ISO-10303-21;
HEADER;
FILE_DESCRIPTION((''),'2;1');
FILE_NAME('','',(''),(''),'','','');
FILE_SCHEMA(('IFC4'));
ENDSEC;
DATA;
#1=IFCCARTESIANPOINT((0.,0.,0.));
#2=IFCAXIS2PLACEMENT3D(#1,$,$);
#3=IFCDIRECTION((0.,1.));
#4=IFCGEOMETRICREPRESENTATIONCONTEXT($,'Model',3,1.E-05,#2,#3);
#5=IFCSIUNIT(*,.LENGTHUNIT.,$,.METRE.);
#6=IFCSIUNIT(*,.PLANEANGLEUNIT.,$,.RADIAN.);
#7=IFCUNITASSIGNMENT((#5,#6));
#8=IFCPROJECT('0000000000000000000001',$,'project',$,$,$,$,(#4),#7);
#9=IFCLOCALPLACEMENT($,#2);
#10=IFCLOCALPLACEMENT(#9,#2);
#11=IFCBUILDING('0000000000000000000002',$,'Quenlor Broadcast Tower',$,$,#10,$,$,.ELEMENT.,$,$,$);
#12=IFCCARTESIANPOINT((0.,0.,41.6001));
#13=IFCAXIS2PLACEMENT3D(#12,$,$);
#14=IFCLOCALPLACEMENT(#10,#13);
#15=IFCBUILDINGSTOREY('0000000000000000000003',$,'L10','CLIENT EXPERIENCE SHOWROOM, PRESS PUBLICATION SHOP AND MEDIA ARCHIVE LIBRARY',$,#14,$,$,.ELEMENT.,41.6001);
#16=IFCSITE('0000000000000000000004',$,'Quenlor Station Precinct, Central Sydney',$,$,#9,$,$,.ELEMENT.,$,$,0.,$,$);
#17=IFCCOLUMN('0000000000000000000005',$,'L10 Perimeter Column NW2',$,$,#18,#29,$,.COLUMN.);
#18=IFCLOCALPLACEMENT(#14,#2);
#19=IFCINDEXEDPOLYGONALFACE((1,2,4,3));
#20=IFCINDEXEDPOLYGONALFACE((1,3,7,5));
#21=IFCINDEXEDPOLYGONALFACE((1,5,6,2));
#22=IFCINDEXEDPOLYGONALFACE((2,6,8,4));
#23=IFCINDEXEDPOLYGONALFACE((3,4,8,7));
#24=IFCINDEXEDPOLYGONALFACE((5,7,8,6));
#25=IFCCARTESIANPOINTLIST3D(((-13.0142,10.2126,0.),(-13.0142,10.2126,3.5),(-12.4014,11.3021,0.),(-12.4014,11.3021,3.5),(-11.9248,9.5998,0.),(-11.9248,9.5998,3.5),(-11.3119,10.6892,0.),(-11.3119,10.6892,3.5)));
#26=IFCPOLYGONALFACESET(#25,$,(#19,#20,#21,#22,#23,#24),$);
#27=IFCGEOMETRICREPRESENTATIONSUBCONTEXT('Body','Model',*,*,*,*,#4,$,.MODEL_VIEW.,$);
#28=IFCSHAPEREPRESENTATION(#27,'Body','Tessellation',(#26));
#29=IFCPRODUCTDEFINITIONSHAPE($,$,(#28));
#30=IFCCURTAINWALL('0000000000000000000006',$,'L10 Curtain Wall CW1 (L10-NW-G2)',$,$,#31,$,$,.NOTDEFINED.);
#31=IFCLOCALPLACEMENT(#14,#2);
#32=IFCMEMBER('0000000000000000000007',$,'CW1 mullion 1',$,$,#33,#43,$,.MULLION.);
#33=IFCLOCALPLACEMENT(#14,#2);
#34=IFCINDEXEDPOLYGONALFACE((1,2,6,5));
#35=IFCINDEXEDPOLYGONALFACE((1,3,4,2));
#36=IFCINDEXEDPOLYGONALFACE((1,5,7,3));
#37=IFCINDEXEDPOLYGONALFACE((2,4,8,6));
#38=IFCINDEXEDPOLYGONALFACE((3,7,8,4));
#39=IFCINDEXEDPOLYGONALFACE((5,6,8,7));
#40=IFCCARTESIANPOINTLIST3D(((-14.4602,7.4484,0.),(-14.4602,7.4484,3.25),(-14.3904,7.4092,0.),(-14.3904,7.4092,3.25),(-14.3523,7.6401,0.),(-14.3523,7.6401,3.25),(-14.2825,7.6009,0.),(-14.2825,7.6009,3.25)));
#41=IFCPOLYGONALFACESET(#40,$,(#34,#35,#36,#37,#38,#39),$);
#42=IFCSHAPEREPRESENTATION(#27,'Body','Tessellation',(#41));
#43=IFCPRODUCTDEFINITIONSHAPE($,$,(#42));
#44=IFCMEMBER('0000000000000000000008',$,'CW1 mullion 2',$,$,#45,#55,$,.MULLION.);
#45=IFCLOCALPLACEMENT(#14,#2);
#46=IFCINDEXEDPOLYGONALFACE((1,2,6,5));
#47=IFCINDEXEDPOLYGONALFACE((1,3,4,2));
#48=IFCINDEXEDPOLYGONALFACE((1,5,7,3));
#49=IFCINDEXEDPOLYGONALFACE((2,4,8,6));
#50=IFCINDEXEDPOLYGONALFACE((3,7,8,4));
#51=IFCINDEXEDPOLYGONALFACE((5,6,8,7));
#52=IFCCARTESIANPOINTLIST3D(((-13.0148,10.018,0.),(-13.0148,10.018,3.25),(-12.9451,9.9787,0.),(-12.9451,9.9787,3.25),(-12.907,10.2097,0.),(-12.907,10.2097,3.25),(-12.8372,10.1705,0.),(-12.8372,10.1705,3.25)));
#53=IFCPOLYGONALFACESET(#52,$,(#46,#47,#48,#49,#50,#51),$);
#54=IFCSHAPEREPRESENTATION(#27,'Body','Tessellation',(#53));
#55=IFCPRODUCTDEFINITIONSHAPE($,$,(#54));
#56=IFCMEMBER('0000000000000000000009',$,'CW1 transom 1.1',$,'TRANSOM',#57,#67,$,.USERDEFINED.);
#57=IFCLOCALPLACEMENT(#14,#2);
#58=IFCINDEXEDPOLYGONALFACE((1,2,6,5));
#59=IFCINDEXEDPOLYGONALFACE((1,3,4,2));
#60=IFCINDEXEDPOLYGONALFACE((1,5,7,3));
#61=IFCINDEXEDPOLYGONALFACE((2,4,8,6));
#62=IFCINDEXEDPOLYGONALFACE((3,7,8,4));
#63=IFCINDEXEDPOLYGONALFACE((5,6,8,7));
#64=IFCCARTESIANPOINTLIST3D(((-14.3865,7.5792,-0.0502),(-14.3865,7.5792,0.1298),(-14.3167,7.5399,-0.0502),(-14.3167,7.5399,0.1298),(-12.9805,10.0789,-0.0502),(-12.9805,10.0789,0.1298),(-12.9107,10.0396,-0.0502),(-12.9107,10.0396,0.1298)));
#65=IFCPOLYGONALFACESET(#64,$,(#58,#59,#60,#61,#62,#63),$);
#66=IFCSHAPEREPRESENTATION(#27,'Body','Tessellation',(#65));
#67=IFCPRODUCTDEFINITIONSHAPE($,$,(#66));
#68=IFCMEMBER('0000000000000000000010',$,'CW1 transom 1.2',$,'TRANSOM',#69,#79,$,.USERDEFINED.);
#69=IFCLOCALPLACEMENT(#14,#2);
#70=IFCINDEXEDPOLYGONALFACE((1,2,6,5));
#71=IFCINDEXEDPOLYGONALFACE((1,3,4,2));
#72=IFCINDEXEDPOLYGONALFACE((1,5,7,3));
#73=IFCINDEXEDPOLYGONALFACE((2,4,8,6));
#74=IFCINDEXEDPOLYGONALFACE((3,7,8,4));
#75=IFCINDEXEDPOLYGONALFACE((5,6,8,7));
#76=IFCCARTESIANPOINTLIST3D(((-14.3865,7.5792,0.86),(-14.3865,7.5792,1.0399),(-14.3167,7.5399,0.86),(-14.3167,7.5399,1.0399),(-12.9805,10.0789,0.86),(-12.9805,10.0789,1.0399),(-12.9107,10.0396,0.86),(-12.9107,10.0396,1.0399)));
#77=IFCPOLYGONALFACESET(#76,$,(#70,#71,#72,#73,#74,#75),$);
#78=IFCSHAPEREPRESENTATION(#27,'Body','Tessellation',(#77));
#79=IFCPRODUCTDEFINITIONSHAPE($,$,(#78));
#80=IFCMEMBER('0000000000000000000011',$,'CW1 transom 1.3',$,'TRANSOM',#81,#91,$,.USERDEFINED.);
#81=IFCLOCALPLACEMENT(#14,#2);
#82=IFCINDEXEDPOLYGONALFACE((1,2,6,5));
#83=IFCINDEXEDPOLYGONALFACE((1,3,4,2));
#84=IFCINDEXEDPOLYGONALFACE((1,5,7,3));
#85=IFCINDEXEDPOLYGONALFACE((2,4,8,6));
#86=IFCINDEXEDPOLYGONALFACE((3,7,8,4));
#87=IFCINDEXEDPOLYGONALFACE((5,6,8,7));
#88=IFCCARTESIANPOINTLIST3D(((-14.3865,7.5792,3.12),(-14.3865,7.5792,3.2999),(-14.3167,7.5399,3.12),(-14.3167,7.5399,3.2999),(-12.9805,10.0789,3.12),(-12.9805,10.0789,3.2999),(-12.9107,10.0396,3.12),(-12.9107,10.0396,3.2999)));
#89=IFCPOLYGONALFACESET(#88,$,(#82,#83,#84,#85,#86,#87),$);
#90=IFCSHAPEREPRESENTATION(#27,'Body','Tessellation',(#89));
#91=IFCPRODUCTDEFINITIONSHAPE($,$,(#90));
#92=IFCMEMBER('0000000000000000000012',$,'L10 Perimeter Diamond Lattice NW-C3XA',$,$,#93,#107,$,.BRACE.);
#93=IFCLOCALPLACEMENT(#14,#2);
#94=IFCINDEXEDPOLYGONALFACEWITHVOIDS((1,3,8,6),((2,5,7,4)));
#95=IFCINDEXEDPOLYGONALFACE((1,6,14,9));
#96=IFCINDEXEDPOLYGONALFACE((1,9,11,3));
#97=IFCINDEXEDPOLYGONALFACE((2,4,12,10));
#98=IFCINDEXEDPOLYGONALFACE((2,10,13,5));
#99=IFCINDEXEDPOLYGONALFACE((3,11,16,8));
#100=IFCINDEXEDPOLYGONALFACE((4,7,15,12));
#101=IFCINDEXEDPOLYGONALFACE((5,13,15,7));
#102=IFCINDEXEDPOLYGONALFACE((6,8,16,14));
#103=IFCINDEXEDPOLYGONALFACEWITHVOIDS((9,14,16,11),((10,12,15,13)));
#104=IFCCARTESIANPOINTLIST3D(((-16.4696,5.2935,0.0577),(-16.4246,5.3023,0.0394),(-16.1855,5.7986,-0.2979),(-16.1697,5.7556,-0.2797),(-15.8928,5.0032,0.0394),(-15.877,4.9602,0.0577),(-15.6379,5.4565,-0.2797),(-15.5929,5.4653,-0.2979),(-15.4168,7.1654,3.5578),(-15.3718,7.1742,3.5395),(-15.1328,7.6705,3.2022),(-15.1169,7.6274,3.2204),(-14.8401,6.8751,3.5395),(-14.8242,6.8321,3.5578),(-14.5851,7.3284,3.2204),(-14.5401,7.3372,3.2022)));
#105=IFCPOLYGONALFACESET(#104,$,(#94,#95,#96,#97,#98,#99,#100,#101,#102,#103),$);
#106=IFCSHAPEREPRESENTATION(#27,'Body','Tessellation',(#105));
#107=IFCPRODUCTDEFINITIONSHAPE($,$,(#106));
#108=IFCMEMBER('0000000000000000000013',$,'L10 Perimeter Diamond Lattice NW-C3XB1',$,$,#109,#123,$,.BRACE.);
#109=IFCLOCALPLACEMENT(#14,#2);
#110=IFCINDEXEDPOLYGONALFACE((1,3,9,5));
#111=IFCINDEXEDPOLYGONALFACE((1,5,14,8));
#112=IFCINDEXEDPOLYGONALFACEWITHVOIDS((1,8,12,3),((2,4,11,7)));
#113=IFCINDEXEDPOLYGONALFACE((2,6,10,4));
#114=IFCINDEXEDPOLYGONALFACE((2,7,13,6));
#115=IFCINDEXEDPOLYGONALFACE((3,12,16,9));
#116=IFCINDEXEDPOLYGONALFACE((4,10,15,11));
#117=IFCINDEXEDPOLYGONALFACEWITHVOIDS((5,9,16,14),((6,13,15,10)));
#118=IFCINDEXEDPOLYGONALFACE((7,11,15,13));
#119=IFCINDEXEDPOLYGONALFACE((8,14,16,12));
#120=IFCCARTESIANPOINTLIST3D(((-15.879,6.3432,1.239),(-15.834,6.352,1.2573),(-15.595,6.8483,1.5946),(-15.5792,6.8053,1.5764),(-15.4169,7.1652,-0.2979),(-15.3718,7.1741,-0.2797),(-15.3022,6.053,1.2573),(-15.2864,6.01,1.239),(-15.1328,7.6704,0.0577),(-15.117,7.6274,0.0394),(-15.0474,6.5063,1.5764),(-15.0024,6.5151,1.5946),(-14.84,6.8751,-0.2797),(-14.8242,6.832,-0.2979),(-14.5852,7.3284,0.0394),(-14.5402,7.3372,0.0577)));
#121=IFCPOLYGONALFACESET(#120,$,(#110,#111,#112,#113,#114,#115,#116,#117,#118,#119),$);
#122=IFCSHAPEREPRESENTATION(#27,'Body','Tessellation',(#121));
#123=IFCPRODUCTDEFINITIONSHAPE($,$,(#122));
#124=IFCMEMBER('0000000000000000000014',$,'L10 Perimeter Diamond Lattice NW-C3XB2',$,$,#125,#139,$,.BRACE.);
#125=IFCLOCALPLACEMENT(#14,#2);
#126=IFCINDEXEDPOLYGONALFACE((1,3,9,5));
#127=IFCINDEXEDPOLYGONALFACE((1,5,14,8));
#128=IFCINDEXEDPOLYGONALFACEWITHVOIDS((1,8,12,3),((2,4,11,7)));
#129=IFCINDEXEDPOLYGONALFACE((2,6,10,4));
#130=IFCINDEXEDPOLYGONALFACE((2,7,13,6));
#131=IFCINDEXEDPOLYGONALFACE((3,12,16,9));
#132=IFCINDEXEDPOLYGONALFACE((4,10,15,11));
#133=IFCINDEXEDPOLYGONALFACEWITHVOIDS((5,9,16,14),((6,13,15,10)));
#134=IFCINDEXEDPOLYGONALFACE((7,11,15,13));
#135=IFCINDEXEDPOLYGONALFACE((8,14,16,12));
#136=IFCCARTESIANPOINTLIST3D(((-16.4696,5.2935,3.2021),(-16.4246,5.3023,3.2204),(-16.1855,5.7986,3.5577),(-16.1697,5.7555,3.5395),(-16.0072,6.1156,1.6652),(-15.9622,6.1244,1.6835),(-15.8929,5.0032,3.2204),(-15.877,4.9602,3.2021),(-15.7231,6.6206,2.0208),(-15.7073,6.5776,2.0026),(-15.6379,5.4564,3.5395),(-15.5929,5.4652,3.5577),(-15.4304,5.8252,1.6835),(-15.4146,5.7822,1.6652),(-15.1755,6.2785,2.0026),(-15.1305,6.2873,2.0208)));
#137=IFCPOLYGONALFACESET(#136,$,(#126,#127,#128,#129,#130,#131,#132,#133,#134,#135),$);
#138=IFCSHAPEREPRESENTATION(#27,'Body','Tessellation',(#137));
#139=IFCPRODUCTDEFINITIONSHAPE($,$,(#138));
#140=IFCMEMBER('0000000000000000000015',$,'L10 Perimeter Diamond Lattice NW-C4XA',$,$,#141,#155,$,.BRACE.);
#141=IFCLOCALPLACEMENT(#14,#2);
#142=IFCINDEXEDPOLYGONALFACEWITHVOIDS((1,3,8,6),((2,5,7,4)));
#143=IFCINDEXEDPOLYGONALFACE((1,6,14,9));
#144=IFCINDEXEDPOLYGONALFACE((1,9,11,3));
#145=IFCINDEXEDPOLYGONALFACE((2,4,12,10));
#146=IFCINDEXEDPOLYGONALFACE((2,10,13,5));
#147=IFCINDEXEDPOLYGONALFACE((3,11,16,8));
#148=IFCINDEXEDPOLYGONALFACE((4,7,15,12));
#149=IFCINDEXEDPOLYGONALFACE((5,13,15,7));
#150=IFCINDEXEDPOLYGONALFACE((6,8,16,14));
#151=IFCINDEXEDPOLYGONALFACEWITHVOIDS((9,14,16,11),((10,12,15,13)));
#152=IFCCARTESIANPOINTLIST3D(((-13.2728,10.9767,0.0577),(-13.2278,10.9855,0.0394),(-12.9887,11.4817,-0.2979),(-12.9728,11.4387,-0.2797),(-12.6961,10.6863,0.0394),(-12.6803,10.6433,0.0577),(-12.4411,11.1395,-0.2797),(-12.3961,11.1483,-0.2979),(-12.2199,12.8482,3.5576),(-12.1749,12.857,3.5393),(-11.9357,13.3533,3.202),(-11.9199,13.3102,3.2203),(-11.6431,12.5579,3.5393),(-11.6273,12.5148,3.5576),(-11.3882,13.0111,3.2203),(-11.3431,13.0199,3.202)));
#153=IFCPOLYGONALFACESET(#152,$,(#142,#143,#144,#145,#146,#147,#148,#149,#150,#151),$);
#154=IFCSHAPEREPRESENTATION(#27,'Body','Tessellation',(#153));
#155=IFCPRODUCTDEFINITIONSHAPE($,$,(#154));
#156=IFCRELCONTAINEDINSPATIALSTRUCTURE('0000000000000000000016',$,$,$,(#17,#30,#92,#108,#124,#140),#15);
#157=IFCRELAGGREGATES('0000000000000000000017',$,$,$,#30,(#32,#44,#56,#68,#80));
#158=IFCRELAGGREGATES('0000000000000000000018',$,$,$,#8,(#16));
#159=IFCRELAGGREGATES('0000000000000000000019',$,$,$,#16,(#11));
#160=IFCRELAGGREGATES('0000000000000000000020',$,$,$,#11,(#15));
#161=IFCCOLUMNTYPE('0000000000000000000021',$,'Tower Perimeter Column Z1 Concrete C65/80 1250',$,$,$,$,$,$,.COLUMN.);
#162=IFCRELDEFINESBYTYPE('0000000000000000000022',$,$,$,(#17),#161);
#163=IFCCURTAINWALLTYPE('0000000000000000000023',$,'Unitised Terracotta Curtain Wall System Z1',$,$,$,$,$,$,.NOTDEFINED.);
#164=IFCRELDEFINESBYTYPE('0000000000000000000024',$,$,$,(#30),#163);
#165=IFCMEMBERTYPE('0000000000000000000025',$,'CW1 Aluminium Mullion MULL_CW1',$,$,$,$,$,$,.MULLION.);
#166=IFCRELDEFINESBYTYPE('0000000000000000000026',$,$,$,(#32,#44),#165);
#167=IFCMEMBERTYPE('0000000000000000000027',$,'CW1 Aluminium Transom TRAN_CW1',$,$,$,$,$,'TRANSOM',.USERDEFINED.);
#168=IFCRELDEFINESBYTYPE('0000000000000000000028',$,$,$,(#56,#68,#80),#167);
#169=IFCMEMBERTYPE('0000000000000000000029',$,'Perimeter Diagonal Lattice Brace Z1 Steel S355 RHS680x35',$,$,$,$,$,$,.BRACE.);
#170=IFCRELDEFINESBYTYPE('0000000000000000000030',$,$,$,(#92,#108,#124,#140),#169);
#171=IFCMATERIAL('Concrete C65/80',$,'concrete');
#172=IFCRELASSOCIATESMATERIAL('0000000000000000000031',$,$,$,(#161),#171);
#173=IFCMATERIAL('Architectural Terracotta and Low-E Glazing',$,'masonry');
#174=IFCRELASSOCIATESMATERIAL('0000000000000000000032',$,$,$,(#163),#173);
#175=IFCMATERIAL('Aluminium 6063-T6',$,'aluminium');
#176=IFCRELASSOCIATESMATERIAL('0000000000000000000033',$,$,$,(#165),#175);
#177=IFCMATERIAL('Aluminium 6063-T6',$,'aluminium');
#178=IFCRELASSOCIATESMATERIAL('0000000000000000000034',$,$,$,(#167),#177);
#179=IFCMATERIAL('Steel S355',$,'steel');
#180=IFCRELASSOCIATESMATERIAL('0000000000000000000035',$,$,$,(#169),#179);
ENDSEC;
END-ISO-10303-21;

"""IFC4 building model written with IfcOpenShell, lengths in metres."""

from ifc_helpers import new_model, si_unit, direction, frame, origin, origin_2d, place, context, subcontext, project, spatial, rectangle, hollow_rectangle, extrude, material, material_profile, profile_set, type_object, element, aggregate, save


model = new_model("IFC4")

# Units and contexts
model_context = context("Model", 3, precision=1e-05, world=origin(), true_north=direction((0.0, 1.0)))
body_context = subcontext(model_context, "Body", "Model", "MODEL_VIEW")
ifc_project = project(units=[si_unit("LENGTHUNIT", "METRE"), si_unit("PLANEANGLEUNIT", "RADIAN")], contexts=[model_context])

# Site, building, storey
site_placement = place(None, origin())
site = spatial("IfcSite", under=ifc_project, at=site_placement, Name="Quenlor Station Precinct, Central Sydney", CompositionType="ELEMENT", RefElevation=0.0)
building_placement = place(site_placement, origin())
building = spatial("IfcBuilding", under=site, at=building_placement, Name="Quenlor Broadcast Tower", CompositionType="ELEMENT")
storey_placement = place(building_placement, frame((0.0, 0.0, 41.6001)))
storey = spatial("IfcBuildingStorey", under=building, at=storey_placement, Name="L10", Description="CLIENT EXPERIENCE SHOWROOM, PRESS PUBLICATION SHOP AND MEDIA ARCHIVE LIBRARY", CompositionType="ELEMENT", Elevation=41.6001)

# Column
ifc_material_1 = material(Name="Concrete C65/80", Category="concrete")
ifc_material_profile_1 = material_profile(ifc_material_1, rectangle(XDim=1.25, YDim=1.25, at=origin_2d()))
ifc_profile_set_1 = profile_set([ifc_material_profile_1], Name="Concrete C65/80 RC1250x1250")
column_type = type_object("IfcColumnType", Name="Tower Perimeter Column Z1 Concrete C65/80 1250", PredefinedType="COLUMN", material=ifc_profile_set_1)
column_placement = place(storey_placement, frame((-12.1631, 10.4509, 0.0), z_axis=(0.0, 0.0, 1.0), x_axis=(-0.871575, 0.490262, 0.0)))
element("IfcColumn", 1, at=column_placement, inside=storey, type_object=column_type, Name="L10 Perimeter Column NW2", PredefinedType="COLUMN", context=body_context, shape_type="SweptSolid", body=[
    extrude(rectangle(XDim=1.25, YDim=1.25, at=origin_2d()), origin(), (0.0, 0.0, 1.0), 3.5),
])

# Curtain wall, members
ifc_material_2 = material(Name="Architectural Terracotta and Low-E Glazing", Category="masonry")
curtain_wall_type = type_object("IfcCurtainWallType", Name="Unitised Terracotta Curtain Wall System Z1", PredefinedType="NOTDEFINED", material=ifc_material_2)
curtain_wall_placement = place(storey_placement, origin())
curtain_wall = element("IfcCurtainWall", 2, at=curtain_wall_placement, inside=storey, type_object=curtain_wall_type, Name="L10 Curtain Wall CW1 (L10-NW-G2)", PredefinedType="NOTDEFINED")
ifc_material_3 = material(Name="Aluminium 6063-T6", Category="aluminium")
ifc_material_profile_2 = material_profile(ifc_material_3, rectangle(XDim=0.0801, YDim=0.22, at=origin_2d()))
ifc_profile_set_2 = profile_set([ifc_material_profile_2], Name="Aluminium 6063-T6 MULL80x220")
member_type_1 = type_object("IfcMemberType", Name="CW1 Aluminium Mullion MULL_CW1", PredefinedType="MULLION", material=ifc_profile_set_2)
member_1_placement = place(storey_placement, frame((-14.3713, 7.5247, 0.0), z_axis=(0.0, 0.0, 1.0), x_axis=(-0.871568, 0.490274, 0.0)))
member_1 = element("IfcMember", 3, at=member_1_placement, type_object=member_type_1, Name="CW1 mullion 1", PredefinedType="MULLION", context=body_context, shape_type="SweptSolid", body=[
    extrude(rectangle(XDim=0.0801, YDim=0.22, at=origin_2d()), origin(), (0.0, 0.0, 1.0), 3.25),
])
member_2_placement = place(storey_placement, frame((-12.926, 10.0942, 0.0), z_axis=(0.0, 0.0, 1.0), x_axis=(-0.871568, 0.490274, 0.0)))
member_2 = element("IfcMember", 4, at=member_2_placement, type_object=member_type_1, Name="CW1 mullion 2", PredefinedType="MULLION", context=body_context, shape_type="SweptSolid", body=[
    extrude(rectangle(XDim=0.0801, YDim=0.22, at=origin_2d()), origin(), (0.0, 0.0, 1.0), 3.25),
])
ifc_material_4 = material(Name="Aluminium 6063-T6", Category="aluminium")
ifc_material_profile_3 = material_profile(ifc_material_4, rectangle(XDim=0.0801, YDim=0.1799, at=origin_2d()))
ifc_profile_set_3 = profile_set([ifc_material_profile_3], Name="Aluminium 6063-T6 TRAN80x180")
member_type_2 = type_object("IfcMemberType", Name="CW1 Aluminium Transom TRAN_CW1", ElementType="TRANSOM", PredefinedType="USERDEFINED", material=ifc_profile_set_3)
member_3_placement = place(storey_placement, frame((-14.3516, 7.5596, 0.0398), z_axis=(0.490233, 0.871591, 0.0), x_axis=(-0.871591, 0.490233, 0.0)))
member_3 = element("IfcMember", 5, at=member_3_placement, type_object=member_type_2, Name="CW1 transom 1.1", ObjectType="TRANSOM", PredefinedType="USERDEFINED", context=body_context, shape_type="SweptSolid", body=[
    extrude(rectangle(XDim=0.0801, YDim=0.1799, at=origin_2d()), origin(), (0.0, 0.0, 1.0), 2.8679),
])
member_4_placement = place(storey_placement, frame((-14.3516, 7.5596, 0.95), z_axis=(0.490233, 0.871591, 0.0), x_axis=(-0.871591, 0.490233, 0.0)))
member_4 = element("IfcMember", 6, at=member_4_placement, type_object=member_type_2, Name="CW1 transom 1.2", ObjectType="TRANSOM", PredefinedType="USERDEFINED", context=body_context, shape_type="SweptSolid", body=[
    extrude(rectangle(XDim=0.0801, YDim=0.1799, at=origin_2d()), origin(), (0.0, 0.0, 1.0), 2.8679),
])
member_5_placement = place(storey_placement, frame((-14.3516, 7.5596, 3.21), z_axis=(0.490233, 0.871591, 0.0), x_axis=(-0.871591, 0.490233, 0.0)))
member_5 = element("IfcMember", 7, at=member_5_placement, type_object=member_type_2, Name="CW1 transom 1.3", ObjectType="TRANSOM", PredefinedType="USERDEFINED", context=body_context, shape_type="SweptSolid", body=[
    extrude(rectangle(XDim=0.0801, YDim=0.1799, at=origin_2d()), origin(), (0.0, 0.0, 1.0), 2.8679),
])

# Members
ifc_material_5 = material(Name="Steel S355", Category="steel")
ifc_material_profile_4 = material_profile(ifc_material_5, hollow_rectangle(XDim=0.6799, YDim=0.6799, WallThickness=0.0349, at=origin_2d()))
ifc_profile_set_4 = profile_set([ifc_material_profile_4], Name="Steel S355 RHS680x680x35")
member_type_3 = type_object("IfcMemberType", Name="Perimeter Diagonal Lattice Brace Z1 Steel S355 RHS680x35", PredefinedType="BRACE", material=ifc_profile_set_4)
member_6_placement = place(storey_placement, frame((-16.0312, 5.3794, -0.1201), z_axis=(0.256368, 0.455839, 0.852342), x_axis=(-0.871609, 0.490202, 0.0)))
element("IfcMember", 8, at=member_6_placement, inside=storey, type_object=member_type_3, Name="L10 Perimeter Diamond Lattice NW-C3XA", PredefinedType="BRACE", context=body_context, shape_type="SweptSolid", body=[
    extrude(hollow_rectangle(XDim=0.6799, YDim=0.6799, WallThickness=0.0349, at=origin_2d()), origin(), (0.0, 0.0, 1.0), 4.1064),
])
for number, where, z_axis, x_axis, name in (
    (9, (-14.9785, 7.2512, -0.1201), (-0.256309, -0.455887, 0.852334), (0.871679, -0.490077, 0.0), "L10 Perimeter Diamond Lattice NW-C3XB1"),
    (10, (-15.5688, 6.2014, 1.843), (-0.256436, -0.455871, 0.852304), (0.871569, -0.490274, 0.0), "L10 Perimeter Diamond Lattice NW-C3XB2"),
):
    element("IfcMember", number, at=place(storey_placement, frame(where, z_axis=z_axis, x_axis=x_axis)), inside=storey, type_object=member_type_3, Name=name, PredefinedType="BRACE", context=body_context, shape_type="SweptSolid", body=[
        extrude(hollow_rectangle(XDim=0.6799, YDim=0.6799, WallThickness=0.0349, at=origin_2d()), origin(), (0.0, 0.0, 1.0), 1.8032),
    ])
member_7_placement = place(storey_placement, frame((-12.8345, 11.0625, -0.1201), z_axis=(0.256431, 0.455785, 0.852352), x_axis=(-0.871533, 0.490337, 0.0)))
element("IfcMember", 11, at=member_7_placement, inside=storey, type_object=member_type_3, Name="L10 Perimeter Diamond Lattice NW-C4XA", PredefinedType="BRACE", context=body_context, shape_type="SweptSolid", body=[
    extrude(hollow_rectangle(XDim=0.6799, YDim=0.6799, WallThickness=0.0349, at=origin_2d()), origin(), (0.0, 0.0, 1.0), 4.1062),
])

aggregate(curtain_wall, [member_1, member_2, member_3, member_4, member_5])

save(model, "model.ifc")
